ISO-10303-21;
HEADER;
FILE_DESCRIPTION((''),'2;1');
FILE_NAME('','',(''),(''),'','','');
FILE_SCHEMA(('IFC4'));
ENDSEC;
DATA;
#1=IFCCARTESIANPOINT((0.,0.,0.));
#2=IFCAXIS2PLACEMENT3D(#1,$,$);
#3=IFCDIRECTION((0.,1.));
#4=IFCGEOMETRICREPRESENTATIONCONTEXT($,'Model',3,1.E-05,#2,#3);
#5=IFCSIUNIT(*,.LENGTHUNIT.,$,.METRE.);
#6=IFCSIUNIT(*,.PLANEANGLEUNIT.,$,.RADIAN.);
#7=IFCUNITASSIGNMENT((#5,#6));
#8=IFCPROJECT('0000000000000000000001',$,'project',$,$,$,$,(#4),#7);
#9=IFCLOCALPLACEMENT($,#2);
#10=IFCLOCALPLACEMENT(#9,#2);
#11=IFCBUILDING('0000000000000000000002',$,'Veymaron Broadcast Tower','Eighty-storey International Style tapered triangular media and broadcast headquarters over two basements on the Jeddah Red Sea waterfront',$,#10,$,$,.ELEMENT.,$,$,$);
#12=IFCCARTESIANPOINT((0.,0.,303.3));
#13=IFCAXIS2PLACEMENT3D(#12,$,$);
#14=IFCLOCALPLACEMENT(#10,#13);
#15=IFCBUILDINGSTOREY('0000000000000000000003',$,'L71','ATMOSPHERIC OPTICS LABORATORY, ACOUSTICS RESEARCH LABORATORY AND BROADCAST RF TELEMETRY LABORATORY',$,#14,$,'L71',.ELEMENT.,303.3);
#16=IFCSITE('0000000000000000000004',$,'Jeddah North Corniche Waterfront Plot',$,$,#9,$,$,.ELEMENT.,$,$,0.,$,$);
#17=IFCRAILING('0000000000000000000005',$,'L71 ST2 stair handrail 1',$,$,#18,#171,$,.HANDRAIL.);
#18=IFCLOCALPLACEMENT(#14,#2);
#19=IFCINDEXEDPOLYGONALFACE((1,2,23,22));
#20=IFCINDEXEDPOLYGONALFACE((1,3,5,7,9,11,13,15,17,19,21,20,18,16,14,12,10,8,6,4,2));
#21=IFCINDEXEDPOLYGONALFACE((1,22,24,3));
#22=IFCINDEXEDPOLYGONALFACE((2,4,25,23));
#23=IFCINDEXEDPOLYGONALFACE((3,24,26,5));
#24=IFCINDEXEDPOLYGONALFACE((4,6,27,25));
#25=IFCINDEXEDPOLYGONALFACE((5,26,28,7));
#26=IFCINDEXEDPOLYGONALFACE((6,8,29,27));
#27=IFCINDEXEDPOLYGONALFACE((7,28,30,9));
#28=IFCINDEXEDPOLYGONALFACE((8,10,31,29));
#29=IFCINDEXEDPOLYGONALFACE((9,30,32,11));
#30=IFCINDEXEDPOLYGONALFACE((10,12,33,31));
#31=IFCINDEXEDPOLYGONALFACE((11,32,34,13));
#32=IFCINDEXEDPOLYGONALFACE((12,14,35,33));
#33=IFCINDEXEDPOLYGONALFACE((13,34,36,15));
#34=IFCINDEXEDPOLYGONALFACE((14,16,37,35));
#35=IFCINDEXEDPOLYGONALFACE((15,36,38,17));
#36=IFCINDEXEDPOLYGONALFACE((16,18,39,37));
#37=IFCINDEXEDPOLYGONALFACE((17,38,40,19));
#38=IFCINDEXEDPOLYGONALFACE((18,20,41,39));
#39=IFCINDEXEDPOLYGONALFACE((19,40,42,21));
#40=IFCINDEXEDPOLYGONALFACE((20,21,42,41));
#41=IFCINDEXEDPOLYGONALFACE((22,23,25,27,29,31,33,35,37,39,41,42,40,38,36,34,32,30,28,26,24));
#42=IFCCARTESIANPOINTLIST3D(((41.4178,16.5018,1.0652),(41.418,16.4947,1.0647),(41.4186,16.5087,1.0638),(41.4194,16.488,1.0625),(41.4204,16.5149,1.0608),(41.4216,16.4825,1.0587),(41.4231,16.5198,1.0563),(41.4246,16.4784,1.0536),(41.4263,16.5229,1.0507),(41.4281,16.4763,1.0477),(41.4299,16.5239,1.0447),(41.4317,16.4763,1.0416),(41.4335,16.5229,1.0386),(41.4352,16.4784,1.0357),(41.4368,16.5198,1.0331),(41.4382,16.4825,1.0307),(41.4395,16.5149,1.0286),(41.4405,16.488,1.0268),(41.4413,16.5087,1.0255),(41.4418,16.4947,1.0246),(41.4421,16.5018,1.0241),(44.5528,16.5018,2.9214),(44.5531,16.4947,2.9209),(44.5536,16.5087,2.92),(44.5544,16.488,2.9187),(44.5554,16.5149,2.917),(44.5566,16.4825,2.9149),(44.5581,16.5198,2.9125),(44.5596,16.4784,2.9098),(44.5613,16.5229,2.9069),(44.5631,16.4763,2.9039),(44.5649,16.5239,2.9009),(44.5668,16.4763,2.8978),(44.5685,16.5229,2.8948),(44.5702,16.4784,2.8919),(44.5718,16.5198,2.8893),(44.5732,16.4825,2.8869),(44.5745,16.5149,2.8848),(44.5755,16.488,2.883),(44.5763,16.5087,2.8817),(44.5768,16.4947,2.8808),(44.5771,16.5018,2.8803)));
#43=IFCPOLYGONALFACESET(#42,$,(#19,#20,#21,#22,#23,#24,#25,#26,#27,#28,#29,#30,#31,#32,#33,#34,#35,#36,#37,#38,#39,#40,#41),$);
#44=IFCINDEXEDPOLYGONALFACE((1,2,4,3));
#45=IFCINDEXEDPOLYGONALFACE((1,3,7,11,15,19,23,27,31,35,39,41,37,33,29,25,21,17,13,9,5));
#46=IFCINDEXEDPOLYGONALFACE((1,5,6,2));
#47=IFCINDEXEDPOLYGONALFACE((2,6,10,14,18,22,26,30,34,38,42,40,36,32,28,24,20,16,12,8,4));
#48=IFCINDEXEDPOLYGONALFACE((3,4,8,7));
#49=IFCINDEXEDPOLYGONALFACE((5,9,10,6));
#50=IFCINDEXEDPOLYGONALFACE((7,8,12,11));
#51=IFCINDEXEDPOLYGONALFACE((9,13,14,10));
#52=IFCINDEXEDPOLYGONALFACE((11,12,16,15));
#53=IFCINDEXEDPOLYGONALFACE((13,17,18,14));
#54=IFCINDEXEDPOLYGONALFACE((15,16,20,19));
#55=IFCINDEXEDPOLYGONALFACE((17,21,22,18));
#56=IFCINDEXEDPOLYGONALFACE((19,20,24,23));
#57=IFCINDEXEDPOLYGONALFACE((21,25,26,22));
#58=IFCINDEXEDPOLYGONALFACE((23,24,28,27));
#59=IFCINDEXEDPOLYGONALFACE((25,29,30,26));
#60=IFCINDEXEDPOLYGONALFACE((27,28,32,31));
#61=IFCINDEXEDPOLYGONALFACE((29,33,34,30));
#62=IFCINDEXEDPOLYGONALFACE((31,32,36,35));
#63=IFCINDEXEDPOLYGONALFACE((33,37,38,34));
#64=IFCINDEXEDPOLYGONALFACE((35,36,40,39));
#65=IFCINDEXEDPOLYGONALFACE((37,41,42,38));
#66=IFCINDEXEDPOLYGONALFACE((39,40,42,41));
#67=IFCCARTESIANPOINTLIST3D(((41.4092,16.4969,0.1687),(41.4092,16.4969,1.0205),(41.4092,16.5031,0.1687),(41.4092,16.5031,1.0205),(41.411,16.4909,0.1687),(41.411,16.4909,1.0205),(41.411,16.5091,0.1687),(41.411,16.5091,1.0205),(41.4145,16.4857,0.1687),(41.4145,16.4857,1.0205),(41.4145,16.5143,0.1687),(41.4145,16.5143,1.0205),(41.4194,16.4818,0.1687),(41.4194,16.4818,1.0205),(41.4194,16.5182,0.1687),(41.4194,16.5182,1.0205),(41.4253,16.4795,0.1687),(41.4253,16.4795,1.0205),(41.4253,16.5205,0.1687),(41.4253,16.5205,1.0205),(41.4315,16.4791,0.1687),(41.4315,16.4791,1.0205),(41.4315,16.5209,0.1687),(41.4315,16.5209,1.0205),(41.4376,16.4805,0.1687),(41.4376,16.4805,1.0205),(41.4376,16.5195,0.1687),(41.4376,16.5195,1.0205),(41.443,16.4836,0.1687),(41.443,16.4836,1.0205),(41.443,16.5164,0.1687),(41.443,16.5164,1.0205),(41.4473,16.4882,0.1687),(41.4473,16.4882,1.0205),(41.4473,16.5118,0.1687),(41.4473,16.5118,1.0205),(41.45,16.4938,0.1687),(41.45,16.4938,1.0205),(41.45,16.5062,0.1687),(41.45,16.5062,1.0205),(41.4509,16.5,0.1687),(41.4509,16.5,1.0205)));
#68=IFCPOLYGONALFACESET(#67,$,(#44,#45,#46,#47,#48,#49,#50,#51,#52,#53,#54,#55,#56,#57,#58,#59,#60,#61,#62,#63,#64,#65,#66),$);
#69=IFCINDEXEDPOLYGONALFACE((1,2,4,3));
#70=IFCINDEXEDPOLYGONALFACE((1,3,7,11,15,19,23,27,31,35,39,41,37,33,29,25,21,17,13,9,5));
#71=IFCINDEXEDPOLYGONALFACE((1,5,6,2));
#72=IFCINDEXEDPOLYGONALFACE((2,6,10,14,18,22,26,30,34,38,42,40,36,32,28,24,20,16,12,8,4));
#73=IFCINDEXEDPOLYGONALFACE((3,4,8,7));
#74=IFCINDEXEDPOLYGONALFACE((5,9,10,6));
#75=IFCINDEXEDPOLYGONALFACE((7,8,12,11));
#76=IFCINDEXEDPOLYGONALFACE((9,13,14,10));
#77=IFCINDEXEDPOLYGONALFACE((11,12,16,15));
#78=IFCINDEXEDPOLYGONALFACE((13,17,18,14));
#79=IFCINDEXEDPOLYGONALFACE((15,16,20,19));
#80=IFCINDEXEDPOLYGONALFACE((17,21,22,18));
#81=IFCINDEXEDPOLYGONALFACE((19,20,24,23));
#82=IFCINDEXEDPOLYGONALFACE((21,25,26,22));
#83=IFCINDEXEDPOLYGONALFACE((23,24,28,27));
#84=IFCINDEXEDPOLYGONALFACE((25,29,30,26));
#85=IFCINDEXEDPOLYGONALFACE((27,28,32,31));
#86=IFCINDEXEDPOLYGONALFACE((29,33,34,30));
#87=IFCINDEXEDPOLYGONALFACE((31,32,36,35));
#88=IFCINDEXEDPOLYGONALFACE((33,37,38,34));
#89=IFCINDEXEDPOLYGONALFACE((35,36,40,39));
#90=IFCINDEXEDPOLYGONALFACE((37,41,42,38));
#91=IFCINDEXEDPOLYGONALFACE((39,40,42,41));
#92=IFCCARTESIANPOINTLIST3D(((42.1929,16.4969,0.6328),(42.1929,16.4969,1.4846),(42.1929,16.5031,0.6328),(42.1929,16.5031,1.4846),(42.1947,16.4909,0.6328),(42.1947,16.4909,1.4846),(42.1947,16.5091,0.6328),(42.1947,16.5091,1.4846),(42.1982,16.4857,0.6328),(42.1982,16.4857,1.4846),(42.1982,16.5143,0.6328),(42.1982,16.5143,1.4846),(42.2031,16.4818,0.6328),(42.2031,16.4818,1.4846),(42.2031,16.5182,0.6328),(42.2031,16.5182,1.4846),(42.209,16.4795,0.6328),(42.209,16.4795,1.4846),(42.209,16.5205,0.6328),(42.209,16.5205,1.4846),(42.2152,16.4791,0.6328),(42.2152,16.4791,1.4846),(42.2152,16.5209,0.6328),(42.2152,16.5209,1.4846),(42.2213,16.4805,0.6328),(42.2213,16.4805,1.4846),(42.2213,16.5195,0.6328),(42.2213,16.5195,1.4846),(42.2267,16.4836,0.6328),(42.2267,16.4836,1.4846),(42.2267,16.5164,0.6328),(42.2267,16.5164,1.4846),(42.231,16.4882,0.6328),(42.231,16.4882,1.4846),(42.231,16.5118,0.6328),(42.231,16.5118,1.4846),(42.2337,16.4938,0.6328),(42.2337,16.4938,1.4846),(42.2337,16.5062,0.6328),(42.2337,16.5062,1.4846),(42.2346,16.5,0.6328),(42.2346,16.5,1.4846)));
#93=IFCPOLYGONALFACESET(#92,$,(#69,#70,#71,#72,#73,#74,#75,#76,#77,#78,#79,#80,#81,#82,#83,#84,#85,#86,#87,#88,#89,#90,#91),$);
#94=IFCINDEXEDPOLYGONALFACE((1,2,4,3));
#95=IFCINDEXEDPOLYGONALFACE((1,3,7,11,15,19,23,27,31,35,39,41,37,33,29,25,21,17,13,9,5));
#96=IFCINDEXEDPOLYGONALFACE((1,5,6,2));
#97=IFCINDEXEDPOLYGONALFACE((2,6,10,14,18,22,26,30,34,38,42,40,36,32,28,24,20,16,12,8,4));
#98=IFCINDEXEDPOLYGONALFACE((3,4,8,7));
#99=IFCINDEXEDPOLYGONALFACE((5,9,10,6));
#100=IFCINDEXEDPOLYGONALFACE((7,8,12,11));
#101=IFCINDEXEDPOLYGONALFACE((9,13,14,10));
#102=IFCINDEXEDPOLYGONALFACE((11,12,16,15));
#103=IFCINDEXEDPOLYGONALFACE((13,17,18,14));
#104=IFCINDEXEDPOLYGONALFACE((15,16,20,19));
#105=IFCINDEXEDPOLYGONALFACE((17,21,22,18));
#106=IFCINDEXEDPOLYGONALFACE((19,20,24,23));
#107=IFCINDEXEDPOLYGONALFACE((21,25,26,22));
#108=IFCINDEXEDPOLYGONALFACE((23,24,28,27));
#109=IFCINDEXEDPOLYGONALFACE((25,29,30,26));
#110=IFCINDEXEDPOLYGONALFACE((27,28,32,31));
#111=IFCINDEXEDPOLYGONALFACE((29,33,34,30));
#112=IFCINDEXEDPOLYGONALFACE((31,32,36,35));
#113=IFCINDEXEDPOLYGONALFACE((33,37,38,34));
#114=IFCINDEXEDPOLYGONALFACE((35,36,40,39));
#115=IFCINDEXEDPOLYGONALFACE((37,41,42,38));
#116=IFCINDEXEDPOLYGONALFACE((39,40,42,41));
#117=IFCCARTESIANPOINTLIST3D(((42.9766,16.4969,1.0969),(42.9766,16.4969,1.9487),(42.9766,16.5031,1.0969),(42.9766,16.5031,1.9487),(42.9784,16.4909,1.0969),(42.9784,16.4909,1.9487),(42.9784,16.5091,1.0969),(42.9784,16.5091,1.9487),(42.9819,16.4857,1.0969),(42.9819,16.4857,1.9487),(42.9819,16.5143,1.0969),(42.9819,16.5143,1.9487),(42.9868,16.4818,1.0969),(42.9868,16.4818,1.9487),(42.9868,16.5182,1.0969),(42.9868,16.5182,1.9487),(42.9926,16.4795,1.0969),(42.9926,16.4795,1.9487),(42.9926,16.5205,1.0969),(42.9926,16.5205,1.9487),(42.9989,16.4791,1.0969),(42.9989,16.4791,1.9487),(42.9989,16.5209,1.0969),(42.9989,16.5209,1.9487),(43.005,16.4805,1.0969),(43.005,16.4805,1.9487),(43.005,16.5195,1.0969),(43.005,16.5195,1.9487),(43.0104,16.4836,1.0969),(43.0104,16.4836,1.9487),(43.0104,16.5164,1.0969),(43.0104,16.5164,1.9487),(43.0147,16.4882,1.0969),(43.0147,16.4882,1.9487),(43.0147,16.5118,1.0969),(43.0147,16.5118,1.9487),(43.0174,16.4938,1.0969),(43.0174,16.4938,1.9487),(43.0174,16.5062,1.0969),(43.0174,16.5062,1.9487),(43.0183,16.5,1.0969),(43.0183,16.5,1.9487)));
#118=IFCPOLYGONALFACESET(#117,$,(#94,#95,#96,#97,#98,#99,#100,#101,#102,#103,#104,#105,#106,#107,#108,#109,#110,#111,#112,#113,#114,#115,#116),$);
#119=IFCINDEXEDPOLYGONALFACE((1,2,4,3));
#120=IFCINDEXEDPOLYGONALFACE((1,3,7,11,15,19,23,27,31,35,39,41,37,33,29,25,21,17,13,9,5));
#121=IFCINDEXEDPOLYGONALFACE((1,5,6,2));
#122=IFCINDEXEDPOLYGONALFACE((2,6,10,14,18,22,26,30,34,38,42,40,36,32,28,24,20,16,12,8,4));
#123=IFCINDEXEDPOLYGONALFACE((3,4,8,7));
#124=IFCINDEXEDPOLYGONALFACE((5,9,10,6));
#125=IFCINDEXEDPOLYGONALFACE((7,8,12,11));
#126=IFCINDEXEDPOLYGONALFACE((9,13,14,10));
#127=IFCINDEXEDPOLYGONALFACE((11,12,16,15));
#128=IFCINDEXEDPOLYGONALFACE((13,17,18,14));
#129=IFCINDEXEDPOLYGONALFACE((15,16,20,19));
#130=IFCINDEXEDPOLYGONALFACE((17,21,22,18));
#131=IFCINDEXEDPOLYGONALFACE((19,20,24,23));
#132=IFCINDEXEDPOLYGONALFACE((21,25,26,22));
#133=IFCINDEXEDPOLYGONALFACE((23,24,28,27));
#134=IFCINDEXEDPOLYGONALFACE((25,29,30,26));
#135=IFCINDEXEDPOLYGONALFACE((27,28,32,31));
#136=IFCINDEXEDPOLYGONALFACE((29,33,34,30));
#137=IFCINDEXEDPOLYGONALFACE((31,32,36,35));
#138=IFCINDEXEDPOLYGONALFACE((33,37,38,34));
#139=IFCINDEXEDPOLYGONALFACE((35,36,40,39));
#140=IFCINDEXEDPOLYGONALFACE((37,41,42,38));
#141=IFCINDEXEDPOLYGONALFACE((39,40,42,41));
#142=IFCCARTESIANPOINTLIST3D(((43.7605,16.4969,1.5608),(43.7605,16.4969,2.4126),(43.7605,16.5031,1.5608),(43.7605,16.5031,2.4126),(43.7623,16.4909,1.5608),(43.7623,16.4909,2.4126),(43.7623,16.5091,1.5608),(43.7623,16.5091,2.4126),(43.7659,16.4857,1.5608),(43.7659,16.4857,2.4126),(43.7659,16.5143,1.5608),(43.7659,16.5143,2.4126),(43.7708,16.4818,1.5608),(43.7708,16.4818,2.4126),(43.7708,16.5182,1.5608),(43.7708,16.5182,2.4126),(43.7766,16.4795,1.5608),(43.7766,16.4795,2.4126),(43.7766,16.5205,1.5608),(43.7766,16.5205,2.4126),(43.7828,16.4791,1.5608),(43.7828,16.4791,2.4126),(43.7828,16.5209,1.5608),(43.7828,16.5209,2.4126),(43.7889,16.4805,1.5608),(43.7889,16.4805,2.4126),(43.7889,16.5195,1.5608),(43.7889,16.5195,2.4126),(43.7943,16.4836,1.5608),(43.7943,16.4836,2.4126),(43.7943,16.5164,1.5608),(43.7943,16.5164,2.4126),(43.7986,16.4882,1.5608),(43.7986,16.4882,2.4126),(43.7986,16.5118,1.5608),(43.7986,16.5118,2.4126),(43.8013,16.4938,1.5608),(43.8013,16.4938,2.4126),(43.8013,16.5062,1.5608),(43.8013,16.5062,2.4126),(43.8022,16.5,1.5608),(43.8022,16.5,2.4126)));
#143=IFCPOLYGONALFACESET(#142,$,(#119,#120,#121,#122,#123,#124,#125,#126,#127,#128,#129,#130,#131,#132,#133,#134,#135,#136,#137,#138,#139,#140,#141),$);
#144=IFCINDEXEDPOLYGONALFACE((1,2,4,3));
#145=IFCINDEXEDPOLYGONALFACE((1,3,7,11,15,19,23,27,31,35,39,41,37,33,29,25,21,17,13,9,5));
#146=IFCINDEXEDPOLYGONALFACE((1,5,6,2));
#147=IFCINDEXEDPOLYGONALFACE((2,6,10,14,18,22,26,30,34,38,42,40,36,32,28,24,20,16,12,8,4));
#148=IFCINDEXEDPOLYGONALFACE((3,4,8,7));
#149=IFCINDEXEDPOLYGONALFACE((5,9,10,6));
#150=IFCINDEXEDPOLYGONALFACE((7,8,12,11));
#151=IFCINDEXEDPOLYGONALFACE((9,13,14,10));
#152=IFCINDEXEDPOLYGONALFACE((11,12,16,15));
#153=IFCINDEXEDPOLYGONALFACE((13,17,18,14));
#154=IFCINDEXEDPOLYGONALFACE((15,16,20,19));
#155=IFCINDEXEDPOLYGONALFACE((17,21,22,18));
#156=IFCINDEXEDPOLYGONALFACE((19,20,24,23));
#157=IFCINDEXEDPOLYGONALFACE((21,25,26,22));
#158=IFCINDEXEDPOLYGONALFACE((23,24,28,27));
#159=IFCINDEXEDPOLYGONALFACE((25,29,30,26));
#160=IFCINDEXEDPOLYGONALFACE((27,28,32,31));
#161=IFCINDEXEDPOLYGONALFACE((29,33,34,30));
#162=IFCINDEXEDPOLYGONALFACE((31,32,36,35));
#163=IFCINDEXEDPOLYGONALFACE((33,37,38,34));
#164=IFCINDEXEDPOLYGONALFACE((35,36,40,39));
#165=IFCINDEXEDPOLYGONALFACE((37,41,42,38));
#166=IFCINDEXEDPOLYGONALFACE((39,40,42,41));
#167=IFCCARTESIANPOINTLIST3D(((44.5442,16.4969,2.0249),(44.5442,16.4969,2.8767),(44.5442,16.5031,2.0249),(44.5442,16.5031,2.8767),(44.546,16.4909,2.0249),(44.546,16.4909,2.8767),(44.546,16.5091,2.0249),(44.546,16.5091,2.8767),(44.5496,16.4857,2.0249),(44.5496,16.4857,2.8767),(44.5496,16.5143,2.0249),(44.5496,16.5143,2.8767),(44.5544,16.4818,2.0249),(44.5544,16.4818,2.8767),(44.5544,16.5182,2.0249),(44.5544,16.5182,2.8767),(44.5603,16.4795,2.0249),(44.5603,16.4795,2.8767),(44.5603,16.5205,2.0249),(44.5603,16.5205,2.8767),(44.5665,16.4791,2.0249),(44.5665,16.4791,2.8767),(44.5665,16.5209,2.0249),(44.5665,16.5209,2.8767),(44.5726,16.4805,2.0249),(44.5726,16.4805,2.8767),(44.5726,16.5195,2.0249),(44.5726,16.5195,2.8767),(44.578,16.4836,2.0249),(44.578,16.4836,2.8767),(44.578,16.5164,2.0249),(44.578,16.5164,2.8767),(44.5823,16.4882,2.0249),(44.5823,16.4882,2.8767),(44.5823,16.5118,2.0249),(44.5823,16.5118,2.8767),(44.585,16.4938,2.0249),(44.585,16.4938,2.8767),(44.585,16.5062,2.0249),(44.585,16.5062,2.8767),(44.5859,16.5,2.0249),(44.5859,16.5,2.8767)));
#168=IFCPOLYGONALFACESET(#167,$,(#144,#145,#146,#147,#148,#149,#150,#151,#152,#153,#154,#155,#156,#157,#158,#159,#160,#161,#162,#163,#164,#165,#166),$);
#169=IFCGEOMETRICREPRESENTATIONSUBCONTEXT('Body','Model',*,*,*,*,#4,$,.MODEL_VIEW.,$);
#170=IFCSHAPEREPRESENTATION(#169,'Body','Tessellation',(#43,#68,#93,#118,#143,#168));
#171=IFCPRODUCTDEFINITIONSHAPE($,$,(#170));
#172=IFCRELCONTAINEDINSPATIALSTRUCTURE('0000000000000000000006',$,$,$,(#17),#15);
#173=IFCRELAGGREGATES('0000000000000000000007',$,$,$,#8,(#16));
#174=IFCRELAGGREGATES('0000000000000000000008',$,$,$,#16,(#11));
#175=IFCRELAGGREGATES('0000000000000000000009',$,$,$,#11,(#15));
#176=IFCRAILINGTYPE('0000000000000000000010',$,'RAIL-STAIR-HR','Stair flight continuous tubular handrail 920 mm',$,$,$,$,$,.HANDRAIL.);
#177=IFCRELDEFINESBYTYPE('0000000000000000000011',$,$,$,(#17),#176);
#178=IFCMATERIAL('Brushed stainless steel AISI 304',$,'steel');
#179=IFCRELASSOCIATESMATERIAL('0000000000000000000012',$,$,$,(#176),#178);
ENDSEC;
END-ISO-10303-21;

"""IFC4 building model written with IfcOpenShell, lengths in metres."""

from ifc_helpers import new_model, si_unit, direction, frame, origin, origin_2d, place, context, subcontext, project, spatial, circle, extrude, material, type_object, element, save


model = new_model("IFC4")

# Units and contexts
model_context = context("Model", 3, precision=1e-05, world=origin(), true_north=direction((0.0, 1.0)))
body_context = subcontext(model_context, "Body", "Model", "MODEL_VIEW")
ifc_project = project(units=[si_unit("LENGTHUNIT", "METRE"), si_unit("PLANEANGLEUNIT", "RADIAN")], contexts=[model_context])

# Site, building, storey
site_placement = place(None, origin())
site = spatial("IfcSite", under=ifc_project, at=site_placement, Name="Jeddah North Corniche Waterfront Plot", CompositionType="ELEMENT", RefElevation=0.0)
building_placement = place(site_placement, origin())
building = spatial("IfcBuilding", under=site, at=building_placement, Name="Veymaron Broadcast Tower", Description="Eighty-storey International Style tapered triangular media and broadcast headquarters over two basements on the Jeddah Red Sea waterfront", CompositionType="ELEMENT")
storey_placement = place(building_placement, frame((0.0, 0.0, 303.3)))
storey = spatial("IfcBuildingStorey", under=building, at=storey_placement, Name="L71", Description="ATMOSPHERIC OPTICS LABORATORY, ACOUSTICS RESEARCH LABORATORY AND BROADCAST RF TELEMETRY LABORATORY", LongName="L71", CompositionType="ELEMENT", Elevation=303.3)

# Railing
ifc_material_1 = material(Name="Brushed stainless steel AISI 304", Category="steel")
railing_type_1 = type_object("IfcRailingType", Name="RAIL-STAIR-HR", Description="Stair flight continuous tubular handrail 920 mm", PredefinedType="HANDRAIL", material=ifc_material_1)
railing_1_placement = place(storey_placement, frame((41.4299, 16.5, 0.1687)))
element("IfcRailing", 1, at=railing_1_placement, inside=storey, type_object=railing_type_1, Name="L71 ST2 stair handrail 1", PredefinedType="HANDRAIL", context=body_context, shape_type="SweptSolid", body=[
    extrude(circle(Radius=0.0239, at=origin_2d()), frame((0.0, 0.0, 0.876), z_axis=(0.860482, 0.0, 0.509481), x_axis=(0.0, 1.0, 0.0)), (0.0, 0.0, 1.0), 3.6433),
    extrude(circle(Radius=0.021, at=origin_2d()), origin(), (0.0, 0.0, 1.0), 0.8518),
    extrude(circle(Radius=0.021, at=origin_2d()), frame((0.7837, 0.0, 0.4641)), (0.0, 0.0, 1.0), 0.8518),
    extrude(circle(Radius=0.021, at=origin_2d()), frame((1.5674, 0.0, 0.9282)), (0.0, 0.0, 1.0), 0.8518),
    extrude(circle(Radius=0.021, at=origin_2d()), frame((2.3513, 0.0, 1.3921)), (0.0, 0.0, 1.0), 0.8518),
    extrude(circle(Radius=0.021, at=origin_2d()), frame((3.135, 0.0, 1.8562)), (0.0, 0.0, 1.0), 0.8518),
])

save(model, "model.ifc")
